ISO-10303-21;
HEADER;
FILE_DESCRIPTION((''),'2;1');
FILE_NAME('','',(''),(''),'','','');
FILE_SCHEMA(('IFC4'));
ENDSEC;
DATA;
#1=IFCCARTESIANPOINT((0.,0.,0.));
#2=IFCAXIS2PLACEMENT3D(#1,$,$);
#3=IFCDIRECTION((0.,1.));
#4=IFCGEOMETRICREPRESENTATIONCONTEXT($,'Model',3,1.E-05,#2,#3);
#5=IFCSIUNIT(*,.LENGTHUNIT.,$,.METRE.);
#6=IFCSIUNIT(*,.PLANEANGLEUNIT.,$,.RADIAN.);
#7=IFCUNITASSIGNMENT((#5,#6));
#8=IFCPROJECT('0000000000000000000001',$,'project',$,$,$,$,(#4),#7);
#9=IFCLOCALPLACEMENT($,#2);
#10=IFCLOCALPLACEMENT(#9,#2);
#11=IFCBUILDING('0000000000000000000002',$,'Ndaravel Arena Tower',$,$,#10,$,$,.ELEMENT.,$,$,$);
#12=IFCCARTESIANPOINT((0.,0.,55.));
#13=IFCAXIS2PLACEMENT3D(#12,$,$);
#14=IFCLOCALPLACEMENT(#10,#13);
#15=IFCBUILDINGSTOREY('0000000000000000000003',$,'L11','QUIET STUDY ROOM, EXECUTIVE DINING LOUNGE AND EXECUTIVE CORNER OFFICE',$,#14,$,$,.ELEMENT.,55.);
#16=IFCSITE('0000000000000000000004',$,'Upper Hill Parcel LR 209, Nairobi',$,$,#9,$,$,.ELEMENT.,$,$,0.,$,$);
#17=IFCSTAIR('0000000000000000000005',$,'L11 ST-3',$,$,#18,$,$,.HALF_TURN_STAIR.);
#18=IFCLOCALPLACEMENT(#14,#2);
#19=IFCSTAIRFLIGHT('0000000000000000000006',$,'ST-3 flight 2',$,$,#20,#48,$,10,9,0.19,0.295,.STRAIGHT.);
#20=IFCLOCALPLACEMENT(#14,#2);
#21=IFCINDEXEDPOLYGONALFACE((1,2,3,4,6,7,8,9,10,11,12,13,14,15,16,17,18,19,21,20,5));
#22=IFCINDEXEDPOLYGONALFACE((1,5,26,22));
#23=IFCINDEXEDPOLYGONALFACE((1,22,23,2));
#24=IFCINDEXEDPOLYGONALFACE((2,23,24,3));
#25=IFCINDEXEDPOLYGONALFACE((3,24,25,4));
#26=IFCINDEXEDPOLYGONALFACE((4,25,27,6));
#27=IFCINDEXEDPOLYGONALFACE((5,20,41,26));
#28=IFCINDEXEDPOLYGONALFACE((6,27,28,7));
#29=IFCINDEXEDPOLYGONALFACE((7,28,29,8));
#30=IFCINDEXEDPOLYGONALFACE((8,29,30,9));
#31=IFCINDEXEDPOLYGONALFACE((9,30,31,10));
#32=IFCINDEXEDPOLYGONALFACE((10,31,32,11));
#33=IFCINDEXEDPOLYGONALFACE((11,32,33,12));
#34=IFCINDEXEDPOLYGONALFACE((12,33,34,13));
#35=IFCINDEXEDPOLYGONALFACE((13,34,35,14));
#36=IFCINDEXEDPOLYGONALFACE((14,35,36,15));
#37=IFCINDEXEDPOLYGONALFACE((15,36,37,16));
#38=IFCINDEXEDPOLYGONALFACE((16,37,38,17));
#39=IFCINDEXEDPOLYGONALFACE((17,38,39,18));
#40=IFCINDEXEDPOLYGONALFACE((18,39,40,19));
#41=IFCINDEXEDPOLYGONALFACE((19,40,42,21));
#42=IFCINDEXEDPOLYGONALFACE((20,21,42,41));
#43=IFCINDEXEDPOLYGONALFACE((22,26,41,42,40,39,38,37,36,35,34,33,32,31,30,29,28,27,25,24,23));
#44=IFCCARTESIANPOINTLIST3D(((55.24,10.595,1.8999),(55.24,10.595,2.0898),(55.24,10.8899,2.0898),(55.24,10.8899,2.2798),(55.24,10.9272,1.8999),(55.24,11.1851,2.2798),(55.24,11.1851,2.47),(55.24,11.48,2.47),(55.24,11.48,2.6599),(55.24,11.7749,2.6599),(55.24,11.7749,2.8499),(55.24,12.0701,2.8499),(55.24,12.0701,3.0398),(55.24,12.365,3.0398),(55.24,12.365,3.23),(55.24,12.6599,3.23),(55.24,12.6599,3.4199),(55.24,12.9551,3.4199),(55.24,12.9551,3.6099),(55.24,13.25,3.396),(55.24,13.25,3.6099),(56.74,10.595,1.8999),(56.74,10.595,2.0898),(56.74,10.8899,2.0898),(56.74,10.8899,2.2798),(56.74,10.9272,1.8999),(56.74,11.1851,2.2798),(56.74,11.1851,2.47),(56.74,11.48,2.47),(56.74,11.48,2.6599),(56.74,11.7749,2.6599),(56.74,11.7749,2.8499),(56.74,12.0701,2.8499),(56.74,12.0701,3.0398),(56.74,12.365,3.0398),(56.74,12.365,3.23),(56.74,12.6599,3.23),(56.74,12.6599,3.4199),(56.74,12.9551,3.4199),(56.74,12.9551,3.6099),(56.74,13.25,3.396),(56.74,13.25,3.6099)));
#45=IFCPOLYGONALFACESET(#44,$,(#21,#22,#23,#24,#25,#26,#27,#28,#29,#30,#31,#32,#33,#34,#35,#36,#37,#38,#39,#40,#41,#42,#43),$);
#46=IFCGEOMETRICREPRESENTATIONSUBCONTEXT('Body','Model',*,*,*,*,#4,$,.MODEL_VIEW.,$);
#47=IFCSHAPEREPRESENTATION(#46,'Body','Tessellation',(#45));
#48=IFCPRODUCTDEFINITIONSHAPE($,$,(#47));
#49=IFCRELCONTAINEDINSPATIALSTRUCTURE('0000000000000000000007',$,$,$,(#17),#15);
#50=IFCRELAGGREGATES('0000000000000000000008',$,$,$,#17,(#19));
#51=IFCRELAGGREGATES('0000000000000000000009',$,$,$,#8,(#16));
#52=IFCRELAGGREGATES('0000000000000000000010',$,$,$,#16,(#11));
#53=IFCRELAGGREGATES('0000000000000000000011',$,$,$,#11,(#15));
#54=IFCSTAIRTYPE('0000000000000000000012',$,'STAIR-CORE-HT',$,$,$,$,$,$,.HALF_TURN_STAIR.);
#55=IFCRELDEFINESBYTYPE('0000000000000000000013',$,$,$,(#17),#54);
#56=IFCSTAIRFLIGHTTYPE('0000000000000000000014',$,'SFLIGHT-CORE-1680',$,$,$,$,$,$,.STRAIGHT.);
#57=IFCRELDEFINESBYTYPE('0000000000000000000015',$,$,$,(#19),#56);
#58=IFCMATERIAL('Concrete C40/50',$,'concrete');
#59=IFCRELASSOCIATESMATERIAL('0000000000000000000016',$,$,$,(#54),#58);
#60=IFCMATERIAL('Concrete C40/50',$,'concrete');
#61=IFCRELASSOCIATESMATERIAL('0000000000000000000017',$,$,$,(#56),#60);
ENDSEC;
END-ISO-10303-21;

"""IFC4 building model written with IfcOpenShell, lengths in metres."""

from ifc_helpers import new_model, si_unit, direction, frame, origin, place, context, subcontext, project, spatial, polyline, outline, extrude, material, type_object, element, aggregate, save


model = new_model("IFC4")

# Units and contexts
model_context = context("Model", 3, precision=1e-05, world=origin(), true_north=direction((0.0, 1.0)))
body_context = subcontext(model_context, "Body", "Model", "MODEL_VIEW")
ifc_project = project(units=[si_unit("LENGTHUNIT", "METRE"), si_unit("PLANEANGLEUNIT", "RADIAN")], contexts=[model_context])

# Site, building, storey
site_placement = place(None, origin())
site = spatial("IfcSite", under=ifc_project, at=site_placement, Name="Upper Hill Parcel LR 209, Nairobi", CompositionType="ELEMENT", RefElevation=0.0)
building_placement = place(site_placement, origin())
building = spatial("IfcBuilding", under=site, at=building_placement, Name="Ndaravel Arena Tower", CompositionType="ELEMENT")
storey_placement = place(building_placement, frame((0.0, 0.0, 55.0)))
storey = spatial("IfcBuildingStorey", under=building, at=storey_placement, Name="L11", Description="QUIET STUDY ROOM, EXECUTIVE DINING LOUNGE AND EXECUTIVE CORNER OFFICE", CompositionType="ELEMENT", Elevation=55.0)

# Stair, stair flight
ifc_material_1 = material(Name="Concrete C40/50", Category="concrete")
stair_type = type_object("IfcStairType", Name="STAIR-CORE-HT", PredefinedType="HALF_TURN_STAIR", material=ifc_material_1)
stair_placement = place(storey_placement, origin())
stair = element("IfcStair", 1, at=stair_placement, inside=storey, type_object=stair_type, Name="L11 ST-3", PredefinedType="HALF_TURN_STAIR")
ifc_material_2 = material(Name="Concrete C40/50", Category="concrete")
stair_flight_type = type_object("IfcStairFlightType", Name="SFLIGHT-CORE-1680", PredefinedType="STRAIGHT", material=ifc_material_2)
stair_flight_1_placement = place(storey_placement, frame((55.99, 10.595, 1.8999), z_axis=(0.0, 0.0, 1.0), x_axis=(0.0, 1.0, 0.0)))
stair_flight_1 = element("IfcStairFlight", 2, at=stair_flight_1_placement, type_object=stair_flight_type, Name="ST-3 flight 2", NumberOfRisers=10, NumberOfTreads=9, PredefinedType="STRAIGHT", RiserHeight=0.19, TreadLength=0.295, context=body_context, shape_type="SweptSolid", body=[
    extrude(outline(polyline([(0.0, 0.0), (0.0, 0.1899), (0.2949, 0.1899), (0.2949, 0.3799), (0.5901, 0.3799), (0.5901, 0.5701), (0.885, 0.5701), (0.885, 0.76), (1.1799, 0.76), (1.1799, 0.95), (1.4751, 0.95), (1.4751, 1.1399), (1.77, 1.1399), (1.77, 1.3301), (2.0649, 1.3301), (2.0649, 1.52), (2.3601, 1.52), (2.3601, 1.71), (2.655, 1.71), (2.655, 1.8999), (2.655, 1.4961), (0.3323, 0.0), (0.0, 0.0)])), frame((0.0, 0.75, 0.0), z_axis=(0.0, -1.0, 0.0), x_axis=(1.0, 0.0, 0.0)), (0.0, 0.0, 1.0), 1.5),
])
aggregate(stair, [stair_flight_1])

save(model, "model.ifc")
